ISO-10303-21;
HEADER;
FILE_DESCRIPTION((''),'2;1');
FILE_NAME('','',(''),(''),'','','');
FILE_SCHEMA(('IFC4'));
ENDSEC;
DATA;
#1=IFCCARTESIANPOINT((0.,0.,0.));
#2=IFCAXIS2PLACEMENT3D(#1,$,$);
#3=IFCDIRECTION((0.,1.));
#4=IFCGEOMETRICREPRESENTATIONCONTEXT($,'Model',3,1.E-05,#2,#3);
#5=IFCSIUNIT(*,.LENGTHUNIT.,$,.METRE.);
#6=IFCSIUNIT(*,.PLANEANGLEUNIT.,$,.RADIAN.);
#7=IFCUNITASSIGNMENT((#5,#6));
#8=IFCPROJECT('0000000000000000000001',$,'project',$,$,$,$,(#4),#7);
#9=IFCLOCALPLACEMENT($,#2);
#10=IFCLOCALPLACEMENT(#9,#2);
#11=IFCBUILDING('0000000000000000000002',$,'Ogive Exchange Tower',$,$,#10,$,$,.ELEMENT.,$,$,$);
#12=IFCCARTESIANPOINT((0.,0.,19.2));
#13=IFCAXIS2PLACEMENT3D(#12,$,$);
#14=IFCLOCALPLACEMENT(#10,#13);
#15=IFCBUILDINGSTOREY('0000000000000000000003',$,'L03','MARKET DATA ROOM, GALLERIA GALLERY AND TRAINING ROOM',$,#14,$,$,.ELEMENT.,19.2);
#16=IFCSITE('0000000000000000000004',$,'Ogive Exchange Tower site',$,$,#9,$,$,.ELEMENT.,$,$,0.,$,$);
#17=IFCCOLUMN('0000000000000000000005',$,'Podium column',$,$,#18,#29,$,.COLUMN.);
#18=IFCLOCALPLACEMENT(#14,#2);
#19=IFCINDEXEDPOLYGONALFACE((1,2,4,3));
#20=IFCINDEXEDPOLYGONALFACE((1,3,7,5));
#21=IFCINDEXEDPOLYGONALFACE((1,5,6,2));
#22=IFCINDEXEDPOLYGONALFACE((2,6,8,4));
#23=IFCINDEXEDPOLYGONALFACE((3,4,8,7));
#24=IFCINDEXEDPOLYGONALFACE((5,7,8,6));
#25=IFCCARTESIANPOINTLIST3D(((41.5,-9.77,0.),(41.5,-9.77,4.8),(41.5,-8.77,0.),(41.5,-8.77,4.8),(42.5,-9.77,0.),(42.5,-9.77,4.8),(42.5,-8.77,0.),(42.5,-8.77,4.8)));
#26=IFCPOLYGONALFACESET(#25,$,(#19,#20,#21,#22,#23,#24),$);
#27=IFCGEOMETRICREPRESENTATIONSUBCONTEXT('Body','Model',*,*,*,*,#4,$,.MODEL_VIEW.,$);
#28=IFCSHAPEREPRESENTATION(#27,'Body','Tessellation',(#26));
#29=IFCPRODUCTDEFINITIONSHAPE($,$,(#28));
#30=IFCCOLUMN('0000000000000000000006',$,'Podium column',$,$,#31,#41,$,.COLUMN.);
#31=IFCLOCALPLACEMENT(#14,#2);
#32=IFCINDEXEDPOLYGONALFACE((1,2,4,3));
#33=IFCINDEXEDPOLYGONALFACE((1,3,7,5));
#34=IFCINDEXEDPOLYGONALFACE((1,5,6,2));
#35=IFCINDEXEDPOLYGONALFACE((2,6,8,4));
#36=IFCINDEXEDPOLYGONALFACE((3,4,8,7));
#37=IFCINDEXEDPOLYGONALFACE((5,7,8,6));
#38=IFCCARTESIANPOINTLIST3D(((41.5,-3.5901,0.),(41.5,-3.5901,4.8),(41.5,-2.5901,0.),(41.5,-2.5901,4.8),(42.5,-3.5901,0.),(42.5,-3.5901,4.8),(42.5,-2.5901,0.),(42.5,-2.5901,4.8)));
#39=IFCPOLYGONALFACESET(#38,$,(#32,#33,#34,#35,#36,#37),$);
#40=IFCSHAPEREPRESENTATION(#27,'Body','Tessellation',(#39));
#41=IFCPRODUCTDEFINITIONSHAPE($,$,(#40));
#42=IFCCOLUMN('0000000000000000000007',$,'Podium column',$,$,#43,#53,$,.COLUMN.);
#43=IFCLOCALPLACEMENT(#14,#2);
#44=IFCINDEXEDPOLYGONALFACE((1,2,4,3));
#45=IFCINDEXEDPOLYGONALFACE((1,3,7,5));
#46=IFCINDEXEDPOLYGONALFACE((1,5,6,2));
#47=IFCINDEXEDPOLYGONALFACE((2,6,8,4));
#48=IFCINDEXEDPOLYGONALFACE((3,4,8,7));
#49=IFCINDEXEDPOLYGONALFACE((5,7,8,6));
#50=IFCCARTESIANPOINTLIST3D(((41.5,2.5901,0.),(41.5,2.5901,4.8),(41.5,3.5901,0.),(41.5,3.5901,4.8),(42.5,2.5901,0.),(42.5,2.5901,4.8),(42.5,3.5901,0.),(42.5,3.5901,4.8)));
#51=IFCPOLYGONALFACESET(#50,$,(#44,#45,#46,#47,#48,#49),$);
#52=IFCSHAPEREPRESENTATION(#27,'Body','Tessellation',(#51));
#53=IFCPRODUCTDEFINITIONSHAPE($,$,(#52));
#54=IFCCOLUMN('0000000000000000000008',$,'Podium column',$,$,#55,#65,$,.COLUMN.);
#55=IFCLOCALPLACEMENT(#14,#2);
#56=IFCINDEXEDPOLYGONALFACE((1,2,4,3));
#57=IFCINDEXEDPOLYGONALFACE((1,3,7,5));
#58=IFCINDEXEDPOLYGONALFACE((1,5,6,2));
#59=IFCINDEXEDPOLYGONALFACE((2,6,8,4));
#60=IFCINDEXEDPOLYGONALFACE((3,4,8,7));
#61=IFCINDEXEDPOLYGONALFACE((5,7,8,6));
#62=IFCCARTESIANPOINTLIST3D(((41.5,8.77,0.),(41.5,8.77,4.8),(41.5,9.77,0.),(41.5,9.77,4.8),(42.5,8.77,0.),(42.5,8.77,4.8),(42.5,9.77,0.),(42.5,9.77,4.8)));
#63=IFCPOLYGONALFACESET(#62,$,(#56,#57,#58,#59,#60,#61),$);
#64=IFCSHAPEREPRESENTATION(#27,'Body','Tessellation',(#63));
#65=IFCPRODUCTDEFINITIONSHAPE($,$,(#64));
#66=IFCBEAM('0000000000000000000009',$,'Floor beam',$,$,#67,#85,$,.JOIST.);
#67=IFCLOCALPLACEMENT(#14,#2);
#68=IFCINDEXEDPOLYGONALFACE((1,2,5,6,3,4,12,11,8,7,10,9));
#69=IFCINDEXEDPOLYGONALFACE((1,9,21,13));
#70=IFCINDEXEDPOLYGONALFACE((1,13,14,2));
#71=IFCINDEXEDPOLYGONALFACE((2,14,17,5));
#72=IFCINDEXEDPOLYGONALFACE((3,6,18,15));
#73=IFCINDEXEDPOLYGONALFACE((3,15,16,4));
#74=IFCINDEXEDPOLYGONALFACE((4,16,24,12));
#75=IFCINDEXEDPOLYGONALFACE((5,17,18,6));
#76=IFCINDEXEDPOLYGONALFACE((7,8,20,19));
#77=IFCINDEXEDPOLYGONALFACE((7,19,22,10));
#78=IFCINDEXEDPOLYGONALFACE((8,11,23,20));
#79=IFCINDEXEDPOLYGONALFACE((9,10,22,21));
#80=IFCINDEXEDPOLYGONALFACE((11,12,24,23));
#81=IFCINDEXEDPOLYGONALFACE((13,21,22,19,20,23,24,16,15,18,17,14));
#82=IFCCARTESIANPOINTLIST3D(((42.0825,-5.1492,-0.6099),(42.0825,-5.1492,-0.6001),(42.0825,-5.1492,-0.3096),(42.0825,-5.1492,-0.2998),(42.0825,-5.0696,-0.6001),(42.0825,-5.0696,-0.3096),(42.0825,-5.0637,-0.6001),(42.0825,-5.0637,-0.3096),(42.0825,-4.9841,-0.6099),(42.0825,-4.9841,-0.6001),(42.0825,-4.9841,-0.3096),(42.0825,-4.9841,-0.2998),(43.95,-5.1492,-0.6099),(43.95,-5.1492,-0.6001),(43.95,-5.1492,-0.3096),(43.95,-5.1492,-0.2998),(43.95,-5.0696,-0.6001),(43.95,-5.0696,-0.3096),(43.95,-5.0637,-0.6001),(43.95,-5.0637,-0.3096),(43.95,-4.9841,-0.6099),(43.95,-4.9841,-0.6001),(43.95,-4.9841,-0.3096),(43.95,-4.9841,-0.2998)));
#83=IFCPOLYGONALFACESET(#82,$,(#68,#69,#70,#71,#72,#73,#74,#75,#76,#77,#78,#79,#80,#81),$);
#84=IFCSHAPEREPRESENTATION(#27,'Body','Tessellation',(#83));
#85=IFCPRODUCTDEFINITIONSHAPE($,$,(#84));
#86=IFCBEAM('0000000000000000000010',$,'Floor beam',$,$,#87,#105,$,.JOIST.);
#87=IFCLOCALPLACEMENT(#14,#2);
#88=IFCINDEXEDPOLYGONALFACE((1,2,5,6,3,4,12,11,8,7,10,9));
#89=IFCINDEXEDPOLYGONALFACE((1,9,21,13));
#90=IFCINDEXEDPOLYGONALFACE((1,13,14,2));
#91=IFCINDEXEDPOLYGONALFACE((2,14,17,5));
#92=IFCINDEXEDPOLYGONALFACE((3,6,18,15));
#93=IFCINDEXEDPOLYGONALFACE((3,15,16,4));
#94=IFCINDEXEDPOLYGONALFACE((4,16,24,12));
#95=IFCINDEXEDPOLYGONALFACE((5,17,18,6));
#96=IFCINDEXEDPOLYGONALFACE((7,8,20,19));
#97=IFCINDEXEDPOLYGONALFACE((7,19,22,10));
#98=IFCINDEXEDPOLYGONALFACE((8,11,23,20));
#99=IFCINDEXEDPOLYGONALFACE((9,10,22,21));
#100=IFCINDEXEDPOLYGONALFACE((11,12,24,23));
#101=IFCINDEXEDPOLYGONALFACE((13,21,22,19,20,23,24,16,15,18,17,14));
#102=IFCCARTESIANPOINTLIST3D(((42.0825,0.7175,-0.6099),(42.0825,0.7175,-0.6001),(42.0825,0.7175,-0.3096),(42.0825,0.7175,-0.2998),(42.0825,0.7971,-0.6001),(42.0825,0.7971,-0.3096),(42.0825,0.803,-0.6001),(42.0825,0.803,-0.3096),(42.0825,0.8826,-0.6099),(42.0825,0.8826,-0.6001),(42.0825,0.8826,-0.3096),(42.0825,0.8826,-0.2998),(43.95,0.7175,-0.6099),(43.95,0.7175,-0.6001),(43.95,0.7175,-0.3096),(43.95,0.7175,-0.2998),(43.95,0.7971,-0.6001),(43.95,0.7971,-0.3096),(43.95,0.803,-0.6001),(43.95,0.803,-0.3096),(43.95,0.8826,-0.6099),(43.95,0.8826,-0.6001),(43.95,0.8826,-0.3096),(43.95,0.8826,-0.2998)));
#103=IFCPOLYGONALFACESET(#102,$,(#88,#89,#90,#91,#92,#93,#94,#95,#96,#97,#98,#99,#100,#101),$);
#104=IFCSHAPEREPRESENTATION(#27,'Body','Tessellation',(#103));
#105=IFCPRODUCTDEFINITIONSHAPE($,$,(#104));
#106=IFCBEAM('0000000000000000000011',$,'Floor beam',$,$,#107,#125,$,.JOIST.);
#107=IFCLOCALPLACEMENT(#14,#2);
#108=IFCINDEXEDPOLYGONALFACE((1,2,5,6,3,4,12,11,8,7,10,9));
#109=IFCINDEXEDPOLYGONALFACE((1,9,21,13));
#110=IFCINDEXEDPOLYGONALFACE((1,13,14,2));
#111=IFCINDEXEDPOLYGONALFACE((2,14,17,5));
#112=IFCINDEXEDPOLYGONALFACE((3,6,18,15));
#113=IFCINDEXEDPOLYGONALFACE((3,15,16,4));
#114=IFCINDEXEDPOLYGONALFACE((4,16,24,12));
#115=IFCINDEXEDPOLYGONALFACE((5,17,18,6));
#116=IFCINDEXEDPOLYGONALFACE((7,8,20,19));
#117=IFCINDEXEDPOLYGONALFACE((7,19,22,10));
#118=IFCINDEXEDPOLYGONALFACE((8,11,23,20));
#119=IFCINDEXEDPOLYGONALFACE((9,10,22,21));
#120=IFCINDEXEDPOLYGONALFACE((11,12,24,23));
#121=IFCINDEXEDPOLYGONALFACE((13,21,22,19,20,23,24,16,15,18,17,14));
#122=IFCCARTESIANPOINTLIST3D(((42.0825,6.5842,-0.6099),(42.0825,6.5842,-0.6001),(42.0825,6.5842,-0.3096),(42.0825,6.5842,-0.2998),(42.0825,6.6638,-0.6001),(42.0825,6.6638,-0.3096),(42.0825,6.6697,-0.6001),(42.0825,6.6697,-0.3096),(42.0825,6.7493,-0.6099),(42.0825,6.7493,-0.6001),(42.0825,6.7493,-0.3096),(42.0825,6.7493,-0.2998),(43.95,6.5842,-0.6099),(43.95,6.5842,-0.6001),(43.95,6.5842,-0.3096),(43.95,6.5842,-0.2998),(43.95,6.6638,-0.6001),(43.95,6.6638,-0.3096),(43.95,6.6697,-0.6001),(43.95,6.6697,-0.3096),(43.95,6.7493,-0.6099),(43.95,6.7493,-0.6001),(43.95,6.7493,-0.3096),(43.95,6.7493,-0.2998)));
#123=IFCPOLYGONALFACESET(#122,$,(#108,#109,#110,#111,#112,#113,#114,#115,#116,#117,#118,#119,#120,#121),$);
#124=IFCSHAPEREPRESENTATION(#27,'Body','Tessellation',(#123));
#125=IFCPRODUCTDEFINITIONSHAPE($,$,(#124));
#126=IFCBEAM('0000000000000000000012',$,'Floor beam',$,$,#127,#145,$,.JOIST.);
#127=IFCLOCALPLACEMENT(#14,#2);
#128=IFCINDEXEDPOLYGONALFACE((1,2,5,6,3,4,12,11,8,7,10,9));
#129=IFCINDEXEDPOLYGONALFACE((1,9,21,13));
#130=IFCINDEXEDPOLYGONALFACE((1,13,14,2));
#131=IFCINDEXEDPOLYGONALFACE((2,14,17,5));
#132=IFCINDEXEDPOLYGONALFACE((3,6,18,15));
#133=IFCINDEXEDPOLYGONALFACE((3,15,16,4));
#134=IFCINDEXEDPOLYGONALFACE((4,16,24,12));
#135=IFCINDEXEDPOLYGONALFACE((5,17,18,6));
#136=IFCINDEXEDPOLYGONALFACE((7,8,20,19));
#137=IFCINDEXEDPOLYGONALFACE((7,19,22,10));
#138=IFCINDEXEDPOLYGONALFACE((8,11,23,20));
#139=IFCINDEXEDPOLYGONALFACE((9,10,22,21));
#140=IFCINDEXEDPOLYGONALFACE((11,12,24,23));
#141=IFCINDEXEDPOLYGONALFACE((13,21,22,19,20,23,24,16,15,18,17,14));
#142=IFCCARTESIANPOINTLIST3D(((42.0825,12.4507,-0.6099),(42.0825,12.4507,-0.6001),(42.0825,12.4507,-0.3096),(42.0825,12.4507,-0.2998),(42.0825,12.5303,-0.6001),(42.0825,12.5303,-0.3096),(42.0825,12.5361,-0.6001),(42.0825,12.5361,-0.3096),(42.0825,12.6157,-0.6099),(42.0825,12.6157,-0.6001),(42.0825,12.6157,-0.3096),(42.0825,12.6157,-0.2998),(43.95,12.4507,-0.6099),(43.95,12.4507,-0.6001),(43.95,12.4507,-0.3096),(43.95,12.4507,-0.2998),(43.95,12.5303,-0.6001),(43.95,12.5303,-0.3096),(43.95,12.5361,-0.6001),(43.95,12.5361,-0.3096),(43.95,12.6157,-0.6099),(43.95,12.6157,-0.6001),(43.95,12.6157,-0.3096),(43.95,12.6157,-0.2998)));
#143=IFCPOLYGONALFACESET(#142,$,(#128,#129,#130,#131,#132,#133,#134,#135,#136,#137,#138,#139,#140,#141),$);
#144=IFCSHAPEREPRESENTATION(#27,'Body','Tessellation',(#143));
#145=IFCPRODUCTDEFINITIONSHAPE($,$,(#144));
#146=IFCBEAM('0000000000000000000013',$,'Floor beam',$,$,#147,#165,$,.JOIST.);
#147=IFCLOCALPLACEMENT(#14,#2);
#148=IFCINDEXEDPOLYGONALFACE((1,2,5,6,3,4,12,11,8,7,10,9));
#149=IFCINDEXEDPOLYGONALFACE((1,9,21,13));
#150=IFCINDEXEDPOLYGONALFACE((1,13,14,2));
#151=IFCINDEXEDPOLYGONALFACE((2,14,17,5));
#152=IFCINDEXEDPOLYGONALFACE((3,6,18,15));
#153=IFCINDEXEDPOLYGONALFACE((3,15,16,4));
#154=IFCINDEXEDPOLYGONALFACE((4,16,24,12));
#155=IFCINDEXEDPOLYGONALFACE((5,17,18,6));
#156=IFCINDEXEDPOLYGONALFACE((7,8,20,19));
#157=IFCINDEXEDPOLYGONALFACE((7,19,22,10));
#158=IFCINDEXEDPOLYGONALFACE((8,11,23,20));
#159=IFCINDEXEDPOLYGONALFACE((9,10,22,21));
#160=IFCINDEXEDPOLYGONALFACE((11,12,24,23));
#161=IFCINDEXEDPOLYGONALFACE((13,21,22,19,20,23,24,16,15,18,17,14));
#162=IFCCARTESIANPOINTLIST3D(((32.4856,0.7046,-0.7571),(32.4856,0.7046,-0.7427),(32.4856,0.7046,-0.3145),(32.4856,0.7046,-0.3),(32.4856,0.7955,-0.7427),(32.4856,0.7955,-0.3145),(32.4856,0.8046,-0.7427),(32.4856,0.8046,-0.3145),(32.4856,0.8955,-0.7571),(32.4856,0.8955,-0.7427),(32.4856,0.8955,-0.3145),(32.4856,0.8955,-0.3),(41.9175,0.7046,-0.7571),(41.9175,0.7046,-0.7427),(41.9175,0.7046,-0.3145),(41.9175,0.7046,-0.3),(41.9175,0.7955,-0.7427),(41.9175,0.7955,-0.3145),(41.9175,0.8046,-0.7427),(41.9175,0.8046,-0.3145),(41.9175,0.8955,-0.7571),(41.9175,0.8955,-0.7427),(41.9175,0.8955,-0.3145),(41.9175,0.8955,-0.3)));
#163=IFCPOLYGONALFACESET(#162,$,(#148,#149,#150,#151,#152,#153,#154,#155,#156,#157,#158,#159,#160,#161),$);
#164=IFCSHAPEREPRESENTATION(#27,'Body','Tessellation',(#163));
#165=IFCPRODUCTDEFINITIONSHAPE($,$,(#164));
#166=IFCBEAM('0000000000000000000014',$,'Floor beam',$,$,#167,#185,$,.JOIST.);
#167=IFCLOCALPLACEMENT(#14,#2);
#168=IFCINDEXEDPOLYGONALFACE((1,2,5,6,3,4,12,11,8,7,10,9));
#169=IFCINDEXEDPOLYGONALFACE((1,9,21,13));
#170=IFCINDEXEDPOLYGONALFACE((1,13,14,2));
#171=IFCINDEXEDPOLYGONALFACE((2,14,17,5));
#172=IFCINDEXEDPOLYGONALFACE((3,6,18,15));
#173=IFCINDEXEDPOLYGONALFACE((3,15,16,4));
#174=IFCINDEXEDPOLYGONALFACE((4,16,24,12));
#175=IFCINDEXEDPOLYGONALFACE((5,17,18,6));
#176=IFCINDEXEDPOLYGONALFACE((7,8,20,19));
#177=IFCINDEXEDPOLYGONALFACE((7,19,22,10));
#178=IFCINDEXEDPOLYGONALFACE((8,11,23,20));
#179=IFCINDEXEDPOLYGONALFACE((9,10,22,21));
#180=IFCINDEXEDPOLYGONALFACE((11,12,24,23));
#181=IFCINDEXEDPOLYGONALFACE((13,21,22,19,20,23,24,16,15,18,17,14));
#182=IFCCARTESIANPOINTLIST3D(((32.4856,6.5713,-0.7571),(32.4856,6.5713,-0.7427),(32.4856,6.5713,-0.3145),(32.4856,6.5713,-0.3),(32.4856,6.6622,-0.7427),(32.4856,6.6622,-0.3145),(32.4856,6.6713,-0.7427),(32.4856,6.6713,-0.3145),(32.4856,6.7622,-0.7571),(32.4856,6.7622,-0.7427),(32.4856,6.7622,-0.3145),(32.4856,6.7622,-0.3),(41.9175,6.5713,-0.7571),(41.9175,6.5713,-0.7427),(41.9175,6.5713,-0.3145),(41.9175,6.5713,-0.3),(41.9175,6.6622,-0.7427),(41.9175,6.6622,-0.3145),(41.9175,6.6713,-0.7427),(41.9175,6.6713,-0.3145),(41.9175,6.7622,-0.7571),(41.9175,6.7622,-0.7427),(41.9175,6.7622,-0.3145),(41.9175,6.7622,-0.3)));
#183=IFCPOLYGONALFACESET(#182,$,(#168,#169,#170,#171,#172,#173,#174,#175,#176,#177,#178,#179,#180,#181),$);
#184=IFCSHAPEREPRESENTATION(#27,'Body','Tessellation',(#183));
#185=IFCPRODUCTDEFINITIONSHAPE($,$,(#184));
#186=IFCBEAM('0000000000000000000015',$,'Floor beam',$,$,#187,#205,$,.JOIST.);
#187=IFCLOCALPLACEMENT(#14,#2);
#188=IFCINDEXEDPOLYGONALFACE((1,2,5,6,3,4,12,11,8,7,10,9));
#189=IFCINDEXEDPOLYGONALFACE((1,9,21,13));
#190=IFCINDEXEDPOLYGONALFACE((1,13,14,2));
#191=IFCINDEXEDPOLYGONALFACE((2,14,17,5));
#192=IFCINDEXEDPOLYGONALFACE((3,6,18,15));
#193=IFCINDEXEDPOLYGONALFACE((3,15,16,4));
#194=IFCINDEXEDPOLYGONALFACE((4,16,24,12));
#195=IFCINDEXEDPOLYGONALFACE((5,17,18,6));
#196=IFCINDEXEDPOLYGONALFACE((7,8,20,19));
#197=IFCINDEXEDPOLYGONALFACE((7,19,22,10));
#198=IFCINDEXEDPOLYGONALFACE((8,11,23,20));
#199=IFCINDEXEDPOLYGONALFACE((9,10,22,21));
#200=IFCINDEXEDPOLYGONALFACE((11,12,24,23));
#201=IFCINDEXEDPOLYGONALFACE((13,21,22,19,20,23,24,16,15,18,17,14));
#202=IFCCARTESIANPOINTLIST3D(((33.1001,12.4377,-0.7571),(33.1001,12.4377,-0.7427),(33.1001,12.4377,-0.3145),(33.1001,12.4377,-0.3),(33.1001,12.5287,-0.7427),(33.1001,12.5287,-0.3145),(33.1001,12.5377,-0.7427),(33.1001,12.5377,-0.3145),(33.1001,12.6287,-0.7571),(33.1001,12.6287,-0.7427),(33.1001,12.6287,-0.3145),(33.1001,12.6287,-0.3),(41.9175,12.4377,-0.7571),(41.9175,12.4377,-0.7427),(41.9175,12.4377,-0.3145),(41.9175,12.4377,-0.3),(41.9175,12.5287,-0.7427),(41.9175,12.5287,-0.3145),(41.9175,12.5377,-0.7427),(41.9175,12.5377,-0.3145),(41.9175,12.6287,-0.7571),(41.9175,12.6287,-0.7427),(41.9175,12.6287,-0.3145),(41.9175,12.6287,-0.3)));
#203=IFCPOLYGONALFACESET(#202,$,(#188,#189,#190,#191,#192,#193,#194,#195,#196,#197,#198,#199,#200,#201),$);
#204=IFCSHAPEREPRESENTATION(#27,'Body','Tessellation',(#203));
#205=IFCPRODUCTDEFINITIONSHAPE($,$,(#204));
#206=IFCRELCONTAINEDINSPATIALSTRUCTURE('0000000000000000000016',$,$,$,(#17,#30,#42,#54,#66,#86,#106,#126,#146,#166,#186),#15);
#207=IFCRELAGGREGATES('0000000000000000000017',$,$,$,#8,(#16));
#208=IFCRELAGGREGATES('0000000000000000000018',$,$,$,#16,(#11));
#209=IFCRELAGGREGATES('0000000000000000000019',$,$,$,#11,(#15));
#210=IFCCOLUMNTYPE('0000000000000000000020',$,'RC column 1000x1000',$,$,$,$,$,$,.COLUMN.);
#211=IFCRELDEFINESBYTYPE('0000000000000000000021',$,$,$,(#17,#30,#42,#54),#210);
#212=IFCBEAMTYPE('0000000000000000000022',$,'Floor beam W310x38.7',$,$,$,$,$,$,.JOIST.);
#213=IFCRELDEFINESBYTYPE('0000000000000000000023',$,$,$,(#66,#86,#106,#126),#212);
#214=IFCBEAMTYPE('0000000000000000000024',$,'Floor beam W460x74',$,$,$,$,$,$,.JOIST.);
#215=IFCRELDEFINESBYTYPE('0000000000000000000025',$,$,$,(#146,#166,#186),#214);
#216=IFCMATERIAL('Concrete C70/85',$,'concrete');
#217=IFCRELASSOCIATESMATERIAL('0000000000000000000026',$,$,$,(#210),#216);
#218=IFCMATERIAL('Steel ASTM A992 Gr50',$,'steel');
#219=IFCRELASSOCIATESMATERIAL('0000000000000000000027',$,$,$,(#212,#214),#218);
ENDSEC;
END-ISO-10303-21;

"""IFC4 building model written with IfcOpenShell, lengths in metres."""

from ifc_helpers import new_model, si_unit, direction, frame, origin, origin_2d, place, context, subcontext, project, spatial, rectangle, i_section, extrude, material, material_profile, profile_set, type_object, element, save


model = new_model("IFC4")

# Units and contexts
model_context = context("Model", 3, precision=1e-05, world=origin(), true_north=direction((0.0, 1.0)))
body_context = subcontext(model_context, "Body", "Model", "MODEL_VIEW")
ifc_project = project(units=[si_unit("LENGTHUNIT", "METRE"), si_unit("PLANEANGLEUNIT", "RADIAN")], contexts=[model_context])

# Site, building, storey
site_placement = place(None, origin())
site = spatial("IfcSite", under=ifc_project, at=site_placement, Name="Ogive Exchange Tower site", CompositionType="ELEMENT", RefElevation=0.0)
building_placement = place(site_placement, origin())
building = spatial("IfcBuilding", under=site, at=building_placement, Name="Ogive Exchange Tower", CompositionType="ELEMENT")
storey_placement = place(building_placement, frame((0.0, 0.0, 19.2)))
storey = spatial("IfcBuildingStorey", under=building, at=storey_placement, Name="L03", Description="MARKET DATA ROOM, GALLERIA GALLERY AND TRAINING ROOM", CompositionType="ELEMENT", Elevation=19.2)

# Columns
ifc_material_1 = material(Name="Concrete C70/85", Category="concrete")
ifc_material_profile_1 = material_profile(ifc_material_1, rectangle(XDim=1.0, YDim=1.0, at=origin_2d()), Name="RC 1000x1000")
ifc_profile_set_1 = profile_set([ifc_material_profile_1], Name="Concrete C70/85")
column_type = type_object("IfcColumnType", Name="RC column 1000x1000", PredefinedType="COLUMN", material=ifc_profile_set_1)
for number, where, z_axis, x_axis, name in (
    (1, (42.0, -9.27, 0.0), (0.0, 0.0, 1.0), (1.0, 0.0, 0.0), "Podium column"),
    (2, (42.0, -3.0901, 0.0), (0.0, 0.0, 1.0), (1.0, 0.0, 0.0), "Podium column"),
    (3, (42.0, 3.0901, 0.0), (0.0, 0.0, 1.0), (1.0, 0.0, 0.0), "Podium column"),
    (4, (42.0, 9.27, 0.0), (0.0, 0.0, 1.0), (1.0, 0.0, 0.0), "Podium column"),
):
    element("IfcColumn", number, at=place(storey_placement, frame(where, z_axis=z_axis, x_axis=x_axis)), inside=storey, type_object=column_type, Name=name, PredefinedType="COLUMN", context=body_context, shape_type="SweptSolid", body=[
        extrude(rectangle(XDim=1.0, YDim=1.0, at=origin_2d()), origin(), (0.0, 0.0, 1.0), 4.8),
    ])

# Beams
ifc_material_2 = material(Name="Steel ASTM A992 Gr50", Category="steel")
ifc_material_profile_2 = material_profile(ifc_material_2, i_section(OverallWidth=0.165, OverallDepth=0.3101, WebThickness=0.0059, FlangeThickness=0.0098, at=origin_2d()), Name="W310x38.7")
ifc_profile_set_2 = profile_set([ifc_material_profile_2], Name="Steel ASTM A992 Gr50")
beam_type_1 = type_object("IfcBeamType", Name="Floor beam W310x38.7", PredefinedType="JOIST", material=ifc_profile_set_2)
for number, where, z_axis, x_axis, name in (
    (5, (42.0825, -5.0667, -0.4548), (1.0, 0.0, 0.0), (0.0, 1.0, 0.0), "Floor beam"),
    (6, (42.0825, 0.8, -0.4548), (1.0, 0.0, 0.0), (0.0, 1.0, 0.0), "Floor beam"),
    (7, (42.0825, 6.6667, -0.4548), (1.0, 0.0, 0.0), (0.0, 1.0, 0.0), "Floor beam"),
    (8, (42.0825, 12.5332, -0.4548), (1.0, 0.0, 0.0), (0.0, 1.0, 0.0), "Floor beam"),
):
    element("IfcBeam", number, at=place(storey_placement, frame(where, z_axis=z_axis, x_axis=x_axis)), inside=storey, type_object=beam_type_1, Name=name, PredefinedType="JOIST", context=body_context, shape_type="SweptSolid", body=[
        extrude(i_section(OverallWidth=0.165, OverallDepth=0.3101, WebThickness=0.0059, FlangeThickness=0.0098, at=origin_2d()), origin(), (0.0, 0.0, 1.0), 1.8674),
    ])
ifc_material_profile_3 = material_profile(ifc_material_2, i_section(OverallWidth=0.1909, OverallDepth=0.457, WebThickness=0.009, FlangeThickness=0.0144, at=origin_2d()), Name="W460x74")
ifc_profile_set_3 = profile_set([ifc_material_profile_3], Name="Steel ASTM A992 Gr50")
beam_type_2 = type_object("IfcBeamType", Name="Floor beam W460x74", PredefinedType="JOIST", material=ifc_profile_set_3)
for number, where, z_axis, x_axis, name in (
    (9, (32.4856, 0.8, -0.5286), (1.0, 0.0, 0.0), (0.0, 1.0, 0.0), "Floor beam"),
    (10, (32.4856, 6.6667, -0.5286), (1.0, 0.0, 0.0), (0.0, 1.0, 0.0), "Floor beam"),
):
    element("IfcBeam", number, at=place(storey_placement, frame(where, z_axis=z_axis, x_axis=x_axis)), inside=storey, type_object=beam_type_2, Name=name, PredefinedType="JOIST", context=body_context, shape_type="SweptSolid", body=[
        extrude(i_section(OverallWidth=0.1909, OverallDepth=0.457, WebThickness=0.009, FlangeThickness=0.0144, at=origin_2d()), origin(), (0.0, 0.0, 1.0), 9.4319),
    ])
beam_1_placement = place(storey_placement, frame((33.1001, 12.5332, -0.5286), z_axis=(1.0, 0.0, 0.0), x_axis=(0.0, 1.0, 0.0)))
element("IfcBeam", 11, at=beam_1_placement, inside=storey, type_object=beam_type_2, Name="Floor beam", PredefinedType="JOIST", context=body_context, shape_type="SweptSolid", body=[
    extrude(i_section(OverallWidth=0.1909, OverallDepth=0.457, WebThickness=0.009, FlangeThickness=0.0144, at=origin_2d()), origin(), (0.0, 0.0, 1.0), 8.8174),
])

save(model, "model.ifc")
